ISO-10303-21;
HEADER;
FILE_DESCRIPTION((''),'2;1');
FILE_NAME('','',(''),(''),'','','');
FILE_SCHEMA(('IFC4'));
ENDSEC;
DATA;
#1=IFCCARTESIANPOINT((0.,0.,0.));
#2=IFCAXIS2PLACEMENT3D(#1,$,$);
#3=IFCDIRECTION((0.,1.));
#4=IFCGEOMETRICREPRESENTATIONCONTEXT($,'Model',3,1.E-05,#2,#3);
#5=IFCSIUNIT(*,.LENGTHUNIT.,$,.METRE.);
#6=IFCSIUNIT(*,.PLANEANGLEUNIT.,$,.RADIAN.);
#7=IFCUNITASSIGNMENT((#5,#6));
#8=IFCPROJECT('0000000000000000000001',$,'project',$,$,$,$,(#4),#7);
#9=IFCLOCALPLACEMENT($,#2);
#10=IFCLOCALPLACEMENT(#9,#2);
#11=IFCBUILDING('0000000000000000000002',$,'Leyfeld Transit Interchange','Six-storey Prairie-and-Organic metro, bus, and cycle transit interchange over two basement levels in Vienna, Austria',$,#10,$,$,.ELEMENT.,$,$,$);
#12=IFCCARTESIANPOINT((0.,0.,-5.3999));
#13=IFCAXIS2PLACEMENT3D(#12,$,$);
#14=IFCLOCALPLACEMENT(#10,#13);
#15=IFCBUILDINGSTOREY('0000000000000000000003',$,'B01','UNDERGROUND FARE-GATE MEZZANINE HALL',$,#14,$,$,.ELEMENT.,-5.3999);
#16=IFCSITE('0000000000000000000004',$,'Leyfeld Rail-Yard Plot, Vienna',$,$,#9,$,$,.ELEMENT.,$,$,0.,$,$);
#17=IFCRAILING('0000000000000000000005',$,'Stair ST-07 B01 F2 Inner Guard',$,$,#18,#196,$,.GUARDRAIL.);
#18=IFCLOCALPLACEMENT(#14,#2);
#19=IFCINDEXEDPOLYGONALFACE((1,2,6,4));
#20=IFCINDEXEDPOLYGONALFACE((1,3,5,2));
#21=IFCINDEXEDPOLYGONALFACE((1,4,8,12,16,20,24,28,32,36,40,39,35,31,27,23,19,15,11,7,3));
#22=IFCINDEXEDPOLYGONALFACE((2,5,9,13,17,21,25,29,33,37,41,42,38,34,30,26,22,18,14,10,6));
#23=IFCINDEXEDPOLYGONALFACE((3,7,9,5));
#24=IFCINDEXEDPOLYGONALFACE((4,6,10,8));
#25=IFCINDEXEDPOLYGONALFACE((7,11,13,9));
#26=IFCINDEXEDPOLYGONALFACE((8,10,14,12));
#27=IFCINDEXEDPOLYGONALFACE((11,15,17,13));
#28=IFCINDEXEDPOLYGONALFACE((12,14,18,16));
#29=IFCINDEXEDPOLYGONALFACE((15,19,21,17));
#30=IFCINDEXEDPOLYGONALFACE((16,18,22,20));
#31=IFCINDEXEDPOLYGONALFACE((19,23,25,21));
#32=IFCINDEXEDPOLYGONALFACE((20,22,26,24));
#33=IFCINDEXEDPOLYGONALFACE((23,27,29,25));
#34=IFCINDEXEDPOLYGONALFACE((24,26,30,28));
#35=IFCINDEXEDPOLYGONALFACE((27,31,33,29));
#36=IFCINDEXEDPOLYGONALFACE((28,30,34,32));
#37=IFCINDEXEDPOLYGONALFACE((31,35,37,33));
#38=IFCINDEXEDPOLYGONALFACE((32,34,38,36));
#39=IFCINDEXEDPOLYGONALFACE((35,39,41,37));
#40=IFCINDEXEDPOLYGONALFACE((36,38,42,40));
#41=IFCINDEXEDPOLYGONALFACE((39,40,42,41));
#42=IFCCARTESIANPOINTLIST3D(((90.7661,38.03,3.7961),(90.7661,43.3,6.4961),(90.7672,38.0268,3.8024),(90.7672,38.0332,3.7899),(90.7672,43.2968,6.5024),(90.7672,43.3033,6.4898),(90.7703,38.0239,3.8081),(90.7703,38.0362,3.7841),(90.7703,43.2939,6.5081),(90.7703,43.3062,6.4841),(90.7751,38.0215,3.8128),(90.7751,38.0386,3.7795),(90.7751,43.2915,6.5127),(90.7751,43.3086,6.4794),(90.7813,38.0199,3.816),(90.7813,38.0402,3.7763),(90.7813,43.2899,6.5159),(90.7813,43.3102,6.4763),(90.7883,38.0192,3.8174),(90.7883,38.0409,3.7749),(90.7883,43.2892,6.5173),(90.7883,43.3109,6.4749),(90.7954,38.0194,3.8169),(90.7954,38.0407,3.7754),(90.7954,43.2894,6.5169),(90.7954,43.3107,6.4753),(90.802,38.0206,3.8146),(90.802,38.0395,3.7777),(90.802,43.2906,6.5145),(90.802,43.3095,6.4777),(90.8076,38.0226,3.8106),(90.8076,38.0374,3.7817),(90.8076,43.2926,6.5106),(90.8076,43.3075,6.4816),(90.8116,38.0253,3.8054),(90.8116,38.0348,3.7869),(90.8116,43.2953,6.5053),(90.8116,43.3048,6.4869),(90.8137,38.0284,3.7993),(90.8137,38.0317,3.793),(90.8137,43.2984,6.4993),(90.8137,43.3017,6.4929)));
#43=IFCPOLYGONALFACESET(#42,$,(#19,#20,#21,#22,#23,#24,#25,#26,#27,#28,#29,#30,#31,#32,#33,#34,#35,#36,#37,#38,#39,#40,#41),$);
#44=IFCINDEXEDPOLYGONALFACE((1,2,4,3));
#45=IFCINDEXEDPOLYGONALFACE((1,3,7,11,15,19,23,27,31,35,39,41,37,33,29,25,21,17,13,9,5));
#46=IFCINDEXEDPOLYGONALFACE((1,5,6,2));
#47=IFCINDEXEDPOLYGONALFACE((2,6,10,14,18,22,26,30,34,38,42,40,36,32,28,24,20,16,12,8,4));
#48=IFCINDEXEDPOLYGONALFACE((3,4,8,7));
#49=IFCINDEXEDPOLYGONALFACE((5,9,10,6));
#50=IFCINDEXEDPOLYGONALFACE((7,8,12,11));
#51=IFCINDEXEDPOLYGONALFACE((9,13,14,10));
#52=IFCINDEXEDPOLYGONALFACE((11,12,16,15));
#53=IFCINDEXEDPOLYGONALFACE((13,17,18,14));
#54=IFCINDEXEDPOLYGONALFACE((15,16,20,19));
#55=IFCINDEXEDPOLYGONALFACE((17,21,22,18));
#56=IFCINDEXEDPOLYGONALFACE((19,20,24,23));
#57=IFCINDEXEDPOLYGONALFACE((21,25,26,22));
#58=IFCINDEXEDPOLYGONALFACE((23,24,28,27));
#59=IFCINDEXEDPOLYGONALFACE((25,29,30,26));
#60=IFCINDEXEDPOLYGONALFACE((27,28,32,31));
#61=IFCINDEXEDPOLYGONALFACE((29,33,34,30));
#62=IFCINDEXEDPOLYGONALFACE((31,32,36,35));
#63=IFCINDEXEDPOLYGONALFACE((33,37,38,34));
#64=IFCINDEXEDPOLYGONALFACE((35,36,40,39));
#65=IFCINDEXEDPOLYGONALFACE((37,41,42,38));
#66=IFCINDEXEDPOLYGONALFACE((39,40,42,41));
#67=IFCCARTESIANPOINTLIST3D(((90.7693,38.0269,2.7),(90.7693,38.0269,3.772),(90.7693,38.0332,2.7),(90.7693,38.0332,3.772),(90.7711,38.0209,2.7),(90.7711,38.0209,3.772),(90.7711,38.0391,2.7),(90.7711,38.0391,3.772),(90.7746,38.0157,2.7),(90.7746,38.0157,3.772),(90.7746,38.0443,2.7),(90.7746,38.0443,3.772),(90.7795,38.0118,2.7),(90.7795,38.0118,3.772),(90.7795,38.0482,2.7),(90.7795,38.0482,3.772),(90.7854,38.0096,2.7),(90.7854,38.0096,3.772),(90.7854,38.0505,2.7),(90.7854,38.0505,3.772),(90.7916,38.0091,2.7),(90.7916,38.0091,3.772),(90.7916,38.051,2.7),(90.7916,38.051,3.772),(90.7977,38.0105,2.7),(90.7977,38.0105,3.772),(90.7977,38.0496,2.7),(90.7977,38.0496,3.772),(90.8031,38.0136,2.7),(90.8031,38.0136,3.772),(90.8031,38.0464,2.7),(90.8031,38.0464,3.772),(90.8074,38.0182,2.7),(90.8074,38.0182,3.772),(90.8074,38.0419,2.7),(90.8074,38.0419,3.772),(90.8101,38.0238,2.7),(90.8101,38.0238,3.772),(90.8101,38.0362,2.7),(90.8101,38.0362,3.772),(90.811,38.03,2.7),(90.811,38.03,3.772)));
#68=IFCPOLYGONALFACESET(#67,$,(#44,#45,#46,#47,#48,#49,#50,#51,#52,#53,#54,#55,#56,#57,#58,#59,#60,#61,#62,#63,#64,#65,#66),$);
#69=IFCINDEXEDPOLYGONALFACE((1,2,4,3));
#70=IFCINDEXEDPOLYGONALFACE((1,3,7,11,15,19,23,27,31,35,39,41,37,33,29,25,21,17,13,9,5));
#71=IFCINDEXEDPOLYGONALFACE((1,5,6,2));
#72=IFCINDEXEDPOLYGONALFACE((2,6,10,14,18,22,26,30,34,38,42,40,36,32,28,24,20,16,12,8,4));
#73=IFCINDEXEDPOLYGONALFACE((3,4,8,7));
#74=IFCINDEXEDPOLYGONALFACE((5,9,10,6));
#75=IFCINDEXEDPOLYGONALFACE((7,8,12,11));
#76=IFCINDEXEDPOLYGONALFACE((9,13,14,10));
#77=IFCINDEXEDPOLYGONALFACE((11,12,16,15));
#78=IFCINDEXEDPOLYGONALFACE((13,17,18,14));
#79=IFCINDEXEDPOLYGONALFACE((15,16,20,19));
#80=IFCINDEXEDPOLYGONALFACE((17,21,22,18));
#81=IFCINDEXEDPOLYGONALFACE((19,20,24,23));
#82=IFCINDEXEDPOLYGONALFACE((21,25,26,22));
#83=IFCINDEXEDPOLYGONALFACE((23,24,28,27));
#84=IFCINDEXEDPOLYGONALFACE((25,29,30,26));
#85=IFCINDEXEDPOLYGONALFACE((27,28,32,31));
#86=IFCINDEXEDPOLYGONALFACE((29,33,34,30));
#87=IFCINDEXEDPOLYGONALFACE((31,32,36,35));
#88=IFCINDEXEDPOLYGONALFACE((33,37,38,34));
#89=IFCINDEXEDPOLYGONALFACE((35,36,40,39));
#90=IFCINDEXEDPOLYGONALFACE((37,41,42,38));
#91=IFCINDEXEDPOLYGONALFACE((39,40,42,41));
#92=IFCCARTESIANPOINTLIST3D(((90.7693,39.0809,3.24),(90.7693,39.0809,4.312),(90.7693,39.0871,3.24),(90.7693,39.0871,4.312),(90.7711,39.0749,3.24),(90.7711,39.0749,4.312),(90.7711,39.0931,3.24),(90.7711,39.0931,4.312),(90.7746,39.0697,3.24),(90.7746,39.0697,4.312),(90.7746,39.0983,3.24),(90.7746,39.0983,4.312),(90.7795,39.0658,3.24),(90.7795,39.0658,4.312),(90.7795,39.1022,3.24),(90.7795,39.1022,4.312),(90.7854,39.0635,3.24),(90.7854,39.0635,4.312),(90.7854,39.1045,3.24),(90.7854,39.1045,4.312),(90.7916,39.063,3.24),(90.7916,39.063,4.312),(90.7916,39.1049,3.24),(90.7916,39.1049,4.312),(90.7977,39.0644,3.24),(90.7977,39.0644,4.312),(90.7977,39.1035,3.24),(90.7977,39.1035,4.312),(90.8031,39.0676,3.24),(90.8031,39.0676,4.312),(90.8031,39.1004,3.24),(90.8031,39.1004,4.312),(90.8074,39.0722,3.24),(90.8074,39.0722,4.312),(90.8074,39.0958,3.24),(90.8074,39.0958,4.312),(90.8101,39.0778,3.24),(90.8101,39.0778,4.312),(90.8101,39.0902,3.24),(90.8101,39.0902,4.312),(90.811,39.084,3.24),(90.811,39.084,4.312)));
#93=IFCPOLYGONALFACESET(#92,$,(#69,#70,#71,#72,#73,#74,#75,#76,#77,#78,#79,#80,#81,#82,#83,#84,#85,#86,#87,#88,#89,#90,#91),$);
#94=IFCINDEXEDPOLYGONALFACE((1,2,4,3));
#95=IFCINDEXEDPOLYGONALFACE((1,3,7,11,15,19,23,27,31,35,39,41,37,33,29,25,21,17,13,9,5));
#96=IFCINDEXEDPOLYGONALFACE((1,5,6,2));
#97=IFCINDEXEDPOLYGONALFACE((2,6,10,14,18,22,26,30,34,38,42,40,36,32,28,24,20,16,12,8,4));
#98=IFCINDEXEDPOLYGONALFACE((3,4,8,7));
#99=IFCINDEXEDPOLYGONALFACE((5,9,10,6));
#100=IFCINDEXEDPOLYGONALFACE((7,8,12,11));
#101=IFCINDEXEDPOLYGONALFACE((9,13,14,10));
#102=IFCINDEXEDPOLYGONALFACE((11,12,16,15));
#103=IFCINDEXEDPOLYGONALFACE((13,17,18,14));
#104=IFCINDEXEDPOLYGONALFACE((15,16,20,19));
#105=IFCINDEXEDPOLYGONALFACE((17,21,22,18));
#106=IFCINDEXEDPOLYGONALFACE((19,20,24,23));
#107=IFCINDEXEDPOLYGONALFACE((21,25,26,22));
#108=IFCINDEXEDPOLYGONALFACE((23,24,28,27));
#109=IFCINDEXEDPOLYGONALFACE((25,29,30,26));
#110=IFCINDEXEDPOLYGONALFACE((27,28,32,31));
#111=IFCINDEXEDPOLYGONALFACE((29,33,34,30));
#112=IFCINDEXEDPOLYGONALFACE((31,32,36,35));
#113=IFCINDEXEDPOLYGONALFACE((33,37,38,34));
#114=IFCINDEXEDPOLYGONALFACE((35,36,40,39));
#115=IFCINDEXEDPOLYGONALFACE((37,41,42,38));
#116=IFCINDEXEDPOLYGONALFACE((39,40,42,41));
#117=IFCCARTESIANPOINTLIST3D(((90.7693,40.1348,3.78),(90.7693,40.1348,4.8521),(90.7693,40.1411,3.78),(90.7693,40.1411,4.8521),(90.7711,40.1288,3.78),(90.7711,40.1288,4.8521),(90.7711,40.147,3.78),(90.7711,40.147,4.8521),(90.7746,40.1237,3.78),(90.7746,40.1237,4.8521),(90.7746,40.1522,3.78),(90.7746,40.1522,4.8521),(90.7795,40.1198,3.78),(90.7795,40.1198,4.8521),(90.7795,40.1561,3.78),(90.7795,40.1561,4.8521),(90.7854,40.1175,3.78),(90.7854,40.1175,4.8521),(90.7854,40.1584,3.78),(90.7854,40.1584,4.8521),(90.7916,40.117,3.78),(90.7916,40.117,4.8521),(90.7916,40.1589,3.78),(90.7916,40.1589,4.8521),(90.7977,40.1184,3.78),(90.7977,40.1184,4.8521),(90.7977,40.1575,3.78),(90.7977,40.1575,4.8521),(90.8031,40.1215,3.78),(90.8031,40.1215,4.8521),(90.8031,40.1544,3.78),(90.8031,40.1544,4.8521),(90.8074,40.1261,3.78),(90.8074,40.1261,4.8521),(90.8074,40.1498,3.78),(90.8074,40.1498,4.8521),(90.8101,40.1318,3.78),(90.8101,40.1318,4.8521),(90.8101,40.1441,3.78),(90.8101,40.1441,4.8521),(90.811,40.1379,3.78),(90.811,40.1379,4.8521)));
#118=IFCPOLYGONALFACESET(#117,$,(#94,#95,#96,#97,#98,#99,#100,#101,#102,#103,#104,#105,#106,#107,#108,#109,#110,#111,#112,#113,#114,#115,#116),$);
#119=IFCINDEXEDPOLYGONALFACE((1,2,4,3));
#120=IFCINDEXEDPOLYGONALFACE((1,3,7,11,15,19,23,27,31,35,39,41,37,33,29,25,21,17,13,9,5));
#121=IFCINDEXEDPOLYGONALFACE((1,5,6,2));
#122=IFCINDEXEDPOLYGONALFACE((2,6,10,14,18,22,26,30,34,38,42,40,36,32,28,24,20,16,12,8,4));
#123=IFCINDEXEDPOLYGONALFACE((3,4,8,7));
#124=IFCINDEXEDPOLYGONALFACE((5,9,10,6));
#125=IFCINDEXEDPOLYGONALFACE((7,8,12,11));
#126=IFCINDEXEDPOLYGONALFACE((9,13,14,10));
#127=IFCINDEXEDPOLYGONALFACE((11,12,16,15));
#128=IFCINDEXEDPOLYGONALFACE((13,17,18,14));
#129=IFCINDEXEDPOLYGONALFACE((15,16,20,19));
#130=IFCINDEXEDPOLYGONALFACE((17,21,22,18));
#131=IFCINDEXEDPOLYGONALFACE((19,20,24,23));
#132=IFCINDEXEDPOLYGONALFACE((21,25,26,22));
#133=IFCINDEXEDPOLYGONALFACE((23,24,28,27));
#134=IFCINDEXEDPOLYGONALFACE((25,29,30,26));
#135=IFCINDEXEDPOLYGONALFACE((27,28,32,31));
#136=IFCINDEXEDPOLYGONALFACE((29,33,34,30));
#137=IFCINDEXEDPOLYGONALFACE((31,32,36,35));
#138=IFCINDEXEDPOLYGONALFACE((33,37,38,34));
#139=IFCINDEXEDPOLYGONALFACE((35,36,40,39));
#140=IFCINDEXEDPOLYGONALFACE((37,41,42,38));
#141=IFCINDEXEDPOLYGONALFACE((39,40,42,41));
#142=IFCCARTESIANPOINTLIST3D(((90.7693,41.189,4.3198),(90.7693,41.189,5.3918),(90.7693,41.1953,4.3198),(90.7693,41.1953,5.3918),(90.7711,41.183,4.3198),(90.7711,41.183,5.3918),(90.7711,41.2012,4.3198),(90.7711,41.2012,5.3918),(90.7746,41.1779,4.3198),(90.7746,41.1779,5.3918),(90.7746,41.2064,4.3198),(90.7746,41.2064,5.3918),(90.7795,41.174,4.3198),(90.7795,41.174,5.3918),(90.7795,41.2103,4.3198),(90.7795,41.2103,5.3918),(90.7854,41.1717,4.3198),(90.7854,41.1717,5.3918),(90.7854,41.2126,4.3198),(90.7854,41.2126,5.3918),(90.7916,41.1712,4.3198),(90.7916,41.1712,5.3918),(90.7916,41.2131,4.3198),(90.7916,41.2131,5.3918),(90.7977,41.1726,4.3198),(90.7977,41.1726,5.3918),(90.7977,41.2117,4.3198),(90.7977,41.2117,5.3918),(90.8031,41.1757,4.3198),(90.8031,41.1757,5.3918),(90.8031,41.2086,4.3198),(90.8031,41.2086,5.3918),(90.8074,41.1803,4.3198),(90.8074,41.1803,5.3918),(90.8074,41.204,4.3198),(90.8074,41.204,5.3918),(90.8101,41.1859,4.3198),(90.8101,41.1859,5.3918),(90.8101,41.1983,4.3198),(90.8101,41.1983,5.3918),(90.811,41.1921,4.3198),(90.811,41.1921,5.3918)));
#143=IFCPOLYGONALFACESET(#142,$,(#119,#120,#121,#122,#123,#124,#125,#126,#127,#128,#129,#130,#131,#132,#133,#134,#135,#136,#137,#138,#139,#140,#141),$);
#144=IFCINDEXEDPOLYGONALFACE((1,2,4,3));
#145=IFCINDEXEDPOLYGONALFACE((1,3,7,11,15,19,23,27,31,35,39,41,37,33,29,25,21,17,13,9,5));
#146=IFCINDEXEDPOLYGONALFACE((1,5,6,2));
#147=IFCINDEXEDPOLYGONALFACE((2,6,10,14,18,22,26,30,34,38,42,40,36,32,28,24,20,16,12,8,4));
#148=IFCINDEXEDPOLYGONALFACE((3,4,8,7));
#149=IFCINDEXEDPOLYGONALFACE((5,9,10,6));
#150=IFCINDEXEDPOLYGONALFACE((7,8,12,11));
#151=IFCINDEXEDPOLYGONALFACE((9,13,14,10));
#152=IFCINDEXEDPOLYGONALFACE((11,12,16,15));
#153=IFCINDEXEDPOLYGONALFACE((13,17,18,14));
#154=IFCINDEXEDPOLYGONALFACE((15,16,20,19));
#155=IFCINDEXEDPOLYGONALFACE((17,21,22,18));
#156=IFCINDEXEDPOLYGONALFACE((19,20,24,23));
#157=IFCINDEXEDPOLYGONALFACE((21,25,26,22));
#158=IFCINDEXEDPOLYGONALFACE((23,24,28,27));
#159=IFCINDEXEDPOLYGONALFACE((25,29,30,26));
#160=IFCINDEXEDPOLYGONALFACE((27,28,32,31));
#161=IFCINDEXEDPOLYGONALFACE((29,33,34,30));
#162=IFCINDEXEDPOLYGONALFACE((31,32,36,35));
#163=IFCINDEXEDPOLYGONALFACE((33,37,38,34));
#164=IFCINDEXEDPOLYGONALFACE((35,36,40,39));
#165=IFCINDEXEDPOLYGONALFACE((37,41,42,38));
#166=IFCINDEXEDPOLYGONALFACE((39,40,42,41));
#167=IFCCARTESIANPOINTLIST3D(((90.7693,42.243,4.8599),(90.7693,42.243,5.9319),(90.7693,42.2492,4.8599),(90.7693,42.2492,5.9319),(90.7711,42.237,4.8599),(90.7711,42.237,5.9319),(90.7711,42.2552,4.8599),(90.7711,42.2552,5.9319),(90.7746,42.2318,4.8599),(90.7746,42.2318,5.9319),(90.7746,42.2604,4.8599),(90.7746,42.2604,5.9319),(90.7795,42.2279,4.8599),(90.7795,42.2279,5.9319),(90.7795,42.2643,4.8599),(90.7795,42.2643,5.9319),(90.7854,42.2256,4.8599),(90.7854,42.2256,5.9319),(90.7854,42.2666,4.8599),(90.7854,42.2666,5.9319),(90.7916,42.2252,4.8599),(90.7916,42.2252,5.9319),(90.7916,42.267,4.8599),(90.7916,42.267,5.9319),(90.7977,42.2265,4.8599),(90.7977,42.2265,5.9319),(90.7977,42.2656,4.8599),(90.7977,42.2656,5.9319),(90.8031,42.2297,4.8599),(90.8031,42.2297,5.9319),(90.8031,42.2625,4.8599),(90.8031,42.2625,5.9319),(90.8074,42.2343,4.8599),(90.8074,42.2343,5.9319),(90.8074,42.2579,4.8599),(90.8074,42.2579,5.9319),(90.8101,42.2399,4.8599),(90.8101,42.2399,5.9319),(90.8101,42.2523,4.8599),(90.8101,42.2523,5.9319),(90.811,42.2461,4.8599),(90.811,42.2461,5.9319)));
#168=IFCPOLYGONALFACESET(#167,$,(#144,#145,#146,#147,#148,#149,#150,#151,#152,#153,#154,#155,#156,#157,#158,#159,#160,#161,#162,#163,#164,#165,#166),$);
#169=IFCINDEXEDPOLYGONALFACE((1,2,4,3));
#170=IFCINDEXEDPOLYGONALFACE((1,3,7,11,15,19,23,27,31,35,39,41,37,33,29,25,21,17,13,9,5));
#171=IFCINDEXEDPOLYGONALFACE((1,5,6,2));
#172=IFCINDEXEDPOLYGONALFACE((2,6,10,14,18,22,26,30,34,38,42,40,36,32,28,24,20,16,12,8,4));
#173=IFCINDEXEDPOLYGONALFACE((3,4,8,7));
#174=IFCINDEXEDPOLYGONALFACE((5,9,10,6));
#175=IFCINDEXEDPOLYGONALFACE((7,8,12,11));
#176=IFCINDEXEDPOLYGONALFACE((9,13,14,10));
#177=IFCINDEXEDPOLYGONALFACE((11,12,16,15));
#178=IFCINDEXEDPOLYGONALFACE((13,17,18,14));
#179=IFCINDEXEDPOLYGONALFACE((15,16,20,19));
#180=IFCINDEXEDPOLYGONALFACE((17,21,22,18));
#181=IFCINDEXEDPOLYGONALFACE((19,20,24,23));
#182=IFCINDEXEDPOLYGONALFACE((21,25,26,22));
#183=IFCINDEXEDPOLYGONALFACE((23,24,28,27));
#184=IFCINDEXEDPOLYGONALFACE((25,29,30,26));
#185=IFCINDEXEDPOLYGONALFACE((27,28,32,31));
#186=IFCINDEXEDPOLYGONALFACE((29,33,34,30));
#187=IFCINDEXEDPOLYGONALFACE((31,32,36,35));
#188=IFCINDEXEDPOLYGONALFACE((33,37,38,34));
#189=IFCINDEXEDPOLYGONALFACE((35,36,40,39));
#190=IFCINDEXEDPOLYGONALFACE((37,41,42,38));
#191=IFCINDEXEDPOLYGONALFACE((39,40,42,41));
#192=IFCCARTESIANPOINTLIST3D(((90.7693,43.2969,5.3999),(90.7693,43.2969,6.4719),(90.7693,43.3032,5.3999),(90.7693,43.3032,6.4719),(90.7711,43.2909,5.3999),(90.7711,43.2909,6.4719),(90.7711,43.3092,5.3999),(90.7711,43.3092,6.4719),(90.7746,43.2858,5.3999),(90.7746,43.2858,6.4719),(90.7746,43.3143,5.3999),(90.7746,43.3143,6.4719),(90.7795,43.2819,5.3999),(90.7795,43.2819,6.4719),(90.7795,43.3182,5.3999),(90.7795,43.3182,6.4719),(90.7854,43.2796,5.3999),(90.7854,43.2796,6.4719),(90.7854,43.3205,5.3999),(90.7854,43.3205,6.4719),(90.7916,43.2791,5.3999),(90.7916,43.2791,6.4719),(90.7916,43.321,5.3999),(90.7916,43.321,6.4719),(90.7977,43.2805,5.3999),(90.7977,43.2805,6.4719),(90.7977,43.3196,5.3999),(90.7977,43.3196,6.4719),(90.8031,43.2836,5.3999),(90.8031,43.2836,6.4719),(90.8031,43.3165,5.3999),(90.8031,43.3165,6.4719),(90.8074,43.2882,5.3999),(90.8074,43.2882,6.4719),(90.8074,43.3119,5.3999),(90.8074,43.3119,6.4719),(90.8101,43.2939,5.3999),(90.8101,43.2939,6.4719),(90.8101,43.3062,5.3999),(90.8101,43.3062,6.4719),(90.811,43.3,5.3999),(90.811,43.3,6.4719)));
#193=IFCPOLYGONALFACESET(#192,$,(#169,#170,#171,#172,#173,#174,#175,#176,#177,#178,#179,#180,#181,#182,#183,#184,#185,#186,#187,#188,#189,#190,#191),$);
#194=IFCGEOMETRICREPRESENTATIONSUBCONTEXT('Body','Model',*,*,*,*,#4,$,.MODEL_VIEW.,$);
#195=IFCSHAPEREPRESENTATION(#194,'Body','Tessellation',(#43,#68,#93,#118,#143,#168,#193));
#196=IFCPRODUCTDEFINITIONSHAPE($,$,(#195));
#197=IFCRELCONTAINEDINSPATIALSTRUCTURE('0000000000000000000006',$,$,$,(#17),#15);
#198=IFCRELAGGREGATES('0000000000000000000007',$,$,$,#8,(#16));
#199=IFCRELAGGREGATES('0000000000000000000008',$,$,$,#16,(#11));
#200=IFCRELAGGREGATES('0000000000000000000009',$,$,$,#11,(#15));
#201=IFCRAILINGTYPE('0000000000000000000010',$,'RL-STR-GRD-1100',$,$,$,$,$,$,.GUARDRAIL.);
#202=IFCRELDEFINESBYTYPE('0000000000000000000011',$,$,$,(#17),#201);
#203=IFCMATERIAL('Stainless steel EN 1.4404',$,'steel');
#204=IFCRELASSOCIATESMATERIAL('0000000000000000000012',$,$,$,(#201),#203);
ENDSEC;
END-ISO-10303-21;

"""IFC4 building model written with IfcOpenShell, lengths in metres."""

from ifc_helpers import new_model, si_unit, direction, frame, origin, origin_2d, place, context, subcontext, project, spatial, circle, extrude, material, type_object, element, save


model = new_model("IFC4")

# Units and contexts
model_context = context("Model", 3, precision=1e-05, world=origin(), true_north=direction((0.0, 1.0)))
body_context = subcontext(model_context, "Body", "Model", "MODEL_VIEW")
ifc_project = project(units=[si_unit("LENGTHUNIT", "METRE"), si_unit("PLANEANGLEUNIT", "RADIAN")], contexts=[model_context])

# Site, building, storey
site_placement = place(None, origin())
site = spatial("IfcSite", under=ifc_project, at=site_placement, Name="Leyfeld Rail-Yard Plot, Vienna", CompositionType="ELEMENT", RefElevation=0.0)
building_placement = place(site_placement, origin())
building = spatial("IfcBuilding", under=site, at=building_placement, Name="Leyfeld Transit Interchange", Description="Six-storey Prairie-and-Organic metro, bus, and cycle transit interchange over two basement levels in Vienna, Austria", CompositionType="ELEMENT")
storey_placement = place(building_placement, frame((0.0, 0.0, -5.3999)))
storey = spatial("IfcBuildingStorey", under=building, at=storey_placement, Name="B01", Description="UNDERGROUND FARE-GATE MEZZANINE HALL", CompositionType="ELEMENT", Elevation=-5.3999)

# Railing
ifc_material_1 = material(Name="Stainless steel EN 1.4404", Category="steel")
railing_type_1 = type_object("IfcRailingType", Name="RL-STR-GRD-1100", PredefinedType="GUARDRAIL", material=ifc_material_1)
for number, where, name in (
    (1, (90.79, 38.03, 2.7), "Stair ST-07 B01 F2 Inner Guard"),
):
    element("IfcRailing", number, at=place(storey_placement, frame(where)), inside=storey, type_object=railing_type_1, Name=name, PredefinedType="GUARDRAIL", context=body_context, shape_type="SweptSolid", body=[
        extrude(circle(Radius=0.0239, at=origin_2d()), frame((0.0, 0.0, 1.0962), z_axis=(0.0, 0.889997, 0.455966), x_axis=(-1.0, 0.0, 0.0)), (0.0, 0.0, 1.0), 5.9214),
        extrude(circle(Radius=0.021, at=origin_2d()), origin(), (0.0, 0.0, 1.0), 1.072),
        extrude(circle(Radius=0.021, at=origin_2d()), frame((0.0, 1.054, 0.54)), (0.0, 0.0, 1.0), 1.072),
        extrude(circle(Radius=0.021, at=origin_2d()), frame((0.0, 2.1079, 1.0801)), (0.0, 0.0, 1.0), 1.072),
        extrude(circle(Radius=0.021, at=origin_2d()), frame((0.0, 3.1621, 1.6199)), (0.0, 0.0, 1.0), 1.072),
        extrude(circle(Radius=0.021, at=origin_2d()), frame((0.0, 4.2161, 2.1599)), (0.0, 0.0, 1.0), 1.072),
        extrude(circle(Radius=0.021, at=origin_2d()), frame((0.0, 5.27, 2.7)), (0.0, 0.0, 1.0), 1.072),
    ])

save(model, "model.ifc")
